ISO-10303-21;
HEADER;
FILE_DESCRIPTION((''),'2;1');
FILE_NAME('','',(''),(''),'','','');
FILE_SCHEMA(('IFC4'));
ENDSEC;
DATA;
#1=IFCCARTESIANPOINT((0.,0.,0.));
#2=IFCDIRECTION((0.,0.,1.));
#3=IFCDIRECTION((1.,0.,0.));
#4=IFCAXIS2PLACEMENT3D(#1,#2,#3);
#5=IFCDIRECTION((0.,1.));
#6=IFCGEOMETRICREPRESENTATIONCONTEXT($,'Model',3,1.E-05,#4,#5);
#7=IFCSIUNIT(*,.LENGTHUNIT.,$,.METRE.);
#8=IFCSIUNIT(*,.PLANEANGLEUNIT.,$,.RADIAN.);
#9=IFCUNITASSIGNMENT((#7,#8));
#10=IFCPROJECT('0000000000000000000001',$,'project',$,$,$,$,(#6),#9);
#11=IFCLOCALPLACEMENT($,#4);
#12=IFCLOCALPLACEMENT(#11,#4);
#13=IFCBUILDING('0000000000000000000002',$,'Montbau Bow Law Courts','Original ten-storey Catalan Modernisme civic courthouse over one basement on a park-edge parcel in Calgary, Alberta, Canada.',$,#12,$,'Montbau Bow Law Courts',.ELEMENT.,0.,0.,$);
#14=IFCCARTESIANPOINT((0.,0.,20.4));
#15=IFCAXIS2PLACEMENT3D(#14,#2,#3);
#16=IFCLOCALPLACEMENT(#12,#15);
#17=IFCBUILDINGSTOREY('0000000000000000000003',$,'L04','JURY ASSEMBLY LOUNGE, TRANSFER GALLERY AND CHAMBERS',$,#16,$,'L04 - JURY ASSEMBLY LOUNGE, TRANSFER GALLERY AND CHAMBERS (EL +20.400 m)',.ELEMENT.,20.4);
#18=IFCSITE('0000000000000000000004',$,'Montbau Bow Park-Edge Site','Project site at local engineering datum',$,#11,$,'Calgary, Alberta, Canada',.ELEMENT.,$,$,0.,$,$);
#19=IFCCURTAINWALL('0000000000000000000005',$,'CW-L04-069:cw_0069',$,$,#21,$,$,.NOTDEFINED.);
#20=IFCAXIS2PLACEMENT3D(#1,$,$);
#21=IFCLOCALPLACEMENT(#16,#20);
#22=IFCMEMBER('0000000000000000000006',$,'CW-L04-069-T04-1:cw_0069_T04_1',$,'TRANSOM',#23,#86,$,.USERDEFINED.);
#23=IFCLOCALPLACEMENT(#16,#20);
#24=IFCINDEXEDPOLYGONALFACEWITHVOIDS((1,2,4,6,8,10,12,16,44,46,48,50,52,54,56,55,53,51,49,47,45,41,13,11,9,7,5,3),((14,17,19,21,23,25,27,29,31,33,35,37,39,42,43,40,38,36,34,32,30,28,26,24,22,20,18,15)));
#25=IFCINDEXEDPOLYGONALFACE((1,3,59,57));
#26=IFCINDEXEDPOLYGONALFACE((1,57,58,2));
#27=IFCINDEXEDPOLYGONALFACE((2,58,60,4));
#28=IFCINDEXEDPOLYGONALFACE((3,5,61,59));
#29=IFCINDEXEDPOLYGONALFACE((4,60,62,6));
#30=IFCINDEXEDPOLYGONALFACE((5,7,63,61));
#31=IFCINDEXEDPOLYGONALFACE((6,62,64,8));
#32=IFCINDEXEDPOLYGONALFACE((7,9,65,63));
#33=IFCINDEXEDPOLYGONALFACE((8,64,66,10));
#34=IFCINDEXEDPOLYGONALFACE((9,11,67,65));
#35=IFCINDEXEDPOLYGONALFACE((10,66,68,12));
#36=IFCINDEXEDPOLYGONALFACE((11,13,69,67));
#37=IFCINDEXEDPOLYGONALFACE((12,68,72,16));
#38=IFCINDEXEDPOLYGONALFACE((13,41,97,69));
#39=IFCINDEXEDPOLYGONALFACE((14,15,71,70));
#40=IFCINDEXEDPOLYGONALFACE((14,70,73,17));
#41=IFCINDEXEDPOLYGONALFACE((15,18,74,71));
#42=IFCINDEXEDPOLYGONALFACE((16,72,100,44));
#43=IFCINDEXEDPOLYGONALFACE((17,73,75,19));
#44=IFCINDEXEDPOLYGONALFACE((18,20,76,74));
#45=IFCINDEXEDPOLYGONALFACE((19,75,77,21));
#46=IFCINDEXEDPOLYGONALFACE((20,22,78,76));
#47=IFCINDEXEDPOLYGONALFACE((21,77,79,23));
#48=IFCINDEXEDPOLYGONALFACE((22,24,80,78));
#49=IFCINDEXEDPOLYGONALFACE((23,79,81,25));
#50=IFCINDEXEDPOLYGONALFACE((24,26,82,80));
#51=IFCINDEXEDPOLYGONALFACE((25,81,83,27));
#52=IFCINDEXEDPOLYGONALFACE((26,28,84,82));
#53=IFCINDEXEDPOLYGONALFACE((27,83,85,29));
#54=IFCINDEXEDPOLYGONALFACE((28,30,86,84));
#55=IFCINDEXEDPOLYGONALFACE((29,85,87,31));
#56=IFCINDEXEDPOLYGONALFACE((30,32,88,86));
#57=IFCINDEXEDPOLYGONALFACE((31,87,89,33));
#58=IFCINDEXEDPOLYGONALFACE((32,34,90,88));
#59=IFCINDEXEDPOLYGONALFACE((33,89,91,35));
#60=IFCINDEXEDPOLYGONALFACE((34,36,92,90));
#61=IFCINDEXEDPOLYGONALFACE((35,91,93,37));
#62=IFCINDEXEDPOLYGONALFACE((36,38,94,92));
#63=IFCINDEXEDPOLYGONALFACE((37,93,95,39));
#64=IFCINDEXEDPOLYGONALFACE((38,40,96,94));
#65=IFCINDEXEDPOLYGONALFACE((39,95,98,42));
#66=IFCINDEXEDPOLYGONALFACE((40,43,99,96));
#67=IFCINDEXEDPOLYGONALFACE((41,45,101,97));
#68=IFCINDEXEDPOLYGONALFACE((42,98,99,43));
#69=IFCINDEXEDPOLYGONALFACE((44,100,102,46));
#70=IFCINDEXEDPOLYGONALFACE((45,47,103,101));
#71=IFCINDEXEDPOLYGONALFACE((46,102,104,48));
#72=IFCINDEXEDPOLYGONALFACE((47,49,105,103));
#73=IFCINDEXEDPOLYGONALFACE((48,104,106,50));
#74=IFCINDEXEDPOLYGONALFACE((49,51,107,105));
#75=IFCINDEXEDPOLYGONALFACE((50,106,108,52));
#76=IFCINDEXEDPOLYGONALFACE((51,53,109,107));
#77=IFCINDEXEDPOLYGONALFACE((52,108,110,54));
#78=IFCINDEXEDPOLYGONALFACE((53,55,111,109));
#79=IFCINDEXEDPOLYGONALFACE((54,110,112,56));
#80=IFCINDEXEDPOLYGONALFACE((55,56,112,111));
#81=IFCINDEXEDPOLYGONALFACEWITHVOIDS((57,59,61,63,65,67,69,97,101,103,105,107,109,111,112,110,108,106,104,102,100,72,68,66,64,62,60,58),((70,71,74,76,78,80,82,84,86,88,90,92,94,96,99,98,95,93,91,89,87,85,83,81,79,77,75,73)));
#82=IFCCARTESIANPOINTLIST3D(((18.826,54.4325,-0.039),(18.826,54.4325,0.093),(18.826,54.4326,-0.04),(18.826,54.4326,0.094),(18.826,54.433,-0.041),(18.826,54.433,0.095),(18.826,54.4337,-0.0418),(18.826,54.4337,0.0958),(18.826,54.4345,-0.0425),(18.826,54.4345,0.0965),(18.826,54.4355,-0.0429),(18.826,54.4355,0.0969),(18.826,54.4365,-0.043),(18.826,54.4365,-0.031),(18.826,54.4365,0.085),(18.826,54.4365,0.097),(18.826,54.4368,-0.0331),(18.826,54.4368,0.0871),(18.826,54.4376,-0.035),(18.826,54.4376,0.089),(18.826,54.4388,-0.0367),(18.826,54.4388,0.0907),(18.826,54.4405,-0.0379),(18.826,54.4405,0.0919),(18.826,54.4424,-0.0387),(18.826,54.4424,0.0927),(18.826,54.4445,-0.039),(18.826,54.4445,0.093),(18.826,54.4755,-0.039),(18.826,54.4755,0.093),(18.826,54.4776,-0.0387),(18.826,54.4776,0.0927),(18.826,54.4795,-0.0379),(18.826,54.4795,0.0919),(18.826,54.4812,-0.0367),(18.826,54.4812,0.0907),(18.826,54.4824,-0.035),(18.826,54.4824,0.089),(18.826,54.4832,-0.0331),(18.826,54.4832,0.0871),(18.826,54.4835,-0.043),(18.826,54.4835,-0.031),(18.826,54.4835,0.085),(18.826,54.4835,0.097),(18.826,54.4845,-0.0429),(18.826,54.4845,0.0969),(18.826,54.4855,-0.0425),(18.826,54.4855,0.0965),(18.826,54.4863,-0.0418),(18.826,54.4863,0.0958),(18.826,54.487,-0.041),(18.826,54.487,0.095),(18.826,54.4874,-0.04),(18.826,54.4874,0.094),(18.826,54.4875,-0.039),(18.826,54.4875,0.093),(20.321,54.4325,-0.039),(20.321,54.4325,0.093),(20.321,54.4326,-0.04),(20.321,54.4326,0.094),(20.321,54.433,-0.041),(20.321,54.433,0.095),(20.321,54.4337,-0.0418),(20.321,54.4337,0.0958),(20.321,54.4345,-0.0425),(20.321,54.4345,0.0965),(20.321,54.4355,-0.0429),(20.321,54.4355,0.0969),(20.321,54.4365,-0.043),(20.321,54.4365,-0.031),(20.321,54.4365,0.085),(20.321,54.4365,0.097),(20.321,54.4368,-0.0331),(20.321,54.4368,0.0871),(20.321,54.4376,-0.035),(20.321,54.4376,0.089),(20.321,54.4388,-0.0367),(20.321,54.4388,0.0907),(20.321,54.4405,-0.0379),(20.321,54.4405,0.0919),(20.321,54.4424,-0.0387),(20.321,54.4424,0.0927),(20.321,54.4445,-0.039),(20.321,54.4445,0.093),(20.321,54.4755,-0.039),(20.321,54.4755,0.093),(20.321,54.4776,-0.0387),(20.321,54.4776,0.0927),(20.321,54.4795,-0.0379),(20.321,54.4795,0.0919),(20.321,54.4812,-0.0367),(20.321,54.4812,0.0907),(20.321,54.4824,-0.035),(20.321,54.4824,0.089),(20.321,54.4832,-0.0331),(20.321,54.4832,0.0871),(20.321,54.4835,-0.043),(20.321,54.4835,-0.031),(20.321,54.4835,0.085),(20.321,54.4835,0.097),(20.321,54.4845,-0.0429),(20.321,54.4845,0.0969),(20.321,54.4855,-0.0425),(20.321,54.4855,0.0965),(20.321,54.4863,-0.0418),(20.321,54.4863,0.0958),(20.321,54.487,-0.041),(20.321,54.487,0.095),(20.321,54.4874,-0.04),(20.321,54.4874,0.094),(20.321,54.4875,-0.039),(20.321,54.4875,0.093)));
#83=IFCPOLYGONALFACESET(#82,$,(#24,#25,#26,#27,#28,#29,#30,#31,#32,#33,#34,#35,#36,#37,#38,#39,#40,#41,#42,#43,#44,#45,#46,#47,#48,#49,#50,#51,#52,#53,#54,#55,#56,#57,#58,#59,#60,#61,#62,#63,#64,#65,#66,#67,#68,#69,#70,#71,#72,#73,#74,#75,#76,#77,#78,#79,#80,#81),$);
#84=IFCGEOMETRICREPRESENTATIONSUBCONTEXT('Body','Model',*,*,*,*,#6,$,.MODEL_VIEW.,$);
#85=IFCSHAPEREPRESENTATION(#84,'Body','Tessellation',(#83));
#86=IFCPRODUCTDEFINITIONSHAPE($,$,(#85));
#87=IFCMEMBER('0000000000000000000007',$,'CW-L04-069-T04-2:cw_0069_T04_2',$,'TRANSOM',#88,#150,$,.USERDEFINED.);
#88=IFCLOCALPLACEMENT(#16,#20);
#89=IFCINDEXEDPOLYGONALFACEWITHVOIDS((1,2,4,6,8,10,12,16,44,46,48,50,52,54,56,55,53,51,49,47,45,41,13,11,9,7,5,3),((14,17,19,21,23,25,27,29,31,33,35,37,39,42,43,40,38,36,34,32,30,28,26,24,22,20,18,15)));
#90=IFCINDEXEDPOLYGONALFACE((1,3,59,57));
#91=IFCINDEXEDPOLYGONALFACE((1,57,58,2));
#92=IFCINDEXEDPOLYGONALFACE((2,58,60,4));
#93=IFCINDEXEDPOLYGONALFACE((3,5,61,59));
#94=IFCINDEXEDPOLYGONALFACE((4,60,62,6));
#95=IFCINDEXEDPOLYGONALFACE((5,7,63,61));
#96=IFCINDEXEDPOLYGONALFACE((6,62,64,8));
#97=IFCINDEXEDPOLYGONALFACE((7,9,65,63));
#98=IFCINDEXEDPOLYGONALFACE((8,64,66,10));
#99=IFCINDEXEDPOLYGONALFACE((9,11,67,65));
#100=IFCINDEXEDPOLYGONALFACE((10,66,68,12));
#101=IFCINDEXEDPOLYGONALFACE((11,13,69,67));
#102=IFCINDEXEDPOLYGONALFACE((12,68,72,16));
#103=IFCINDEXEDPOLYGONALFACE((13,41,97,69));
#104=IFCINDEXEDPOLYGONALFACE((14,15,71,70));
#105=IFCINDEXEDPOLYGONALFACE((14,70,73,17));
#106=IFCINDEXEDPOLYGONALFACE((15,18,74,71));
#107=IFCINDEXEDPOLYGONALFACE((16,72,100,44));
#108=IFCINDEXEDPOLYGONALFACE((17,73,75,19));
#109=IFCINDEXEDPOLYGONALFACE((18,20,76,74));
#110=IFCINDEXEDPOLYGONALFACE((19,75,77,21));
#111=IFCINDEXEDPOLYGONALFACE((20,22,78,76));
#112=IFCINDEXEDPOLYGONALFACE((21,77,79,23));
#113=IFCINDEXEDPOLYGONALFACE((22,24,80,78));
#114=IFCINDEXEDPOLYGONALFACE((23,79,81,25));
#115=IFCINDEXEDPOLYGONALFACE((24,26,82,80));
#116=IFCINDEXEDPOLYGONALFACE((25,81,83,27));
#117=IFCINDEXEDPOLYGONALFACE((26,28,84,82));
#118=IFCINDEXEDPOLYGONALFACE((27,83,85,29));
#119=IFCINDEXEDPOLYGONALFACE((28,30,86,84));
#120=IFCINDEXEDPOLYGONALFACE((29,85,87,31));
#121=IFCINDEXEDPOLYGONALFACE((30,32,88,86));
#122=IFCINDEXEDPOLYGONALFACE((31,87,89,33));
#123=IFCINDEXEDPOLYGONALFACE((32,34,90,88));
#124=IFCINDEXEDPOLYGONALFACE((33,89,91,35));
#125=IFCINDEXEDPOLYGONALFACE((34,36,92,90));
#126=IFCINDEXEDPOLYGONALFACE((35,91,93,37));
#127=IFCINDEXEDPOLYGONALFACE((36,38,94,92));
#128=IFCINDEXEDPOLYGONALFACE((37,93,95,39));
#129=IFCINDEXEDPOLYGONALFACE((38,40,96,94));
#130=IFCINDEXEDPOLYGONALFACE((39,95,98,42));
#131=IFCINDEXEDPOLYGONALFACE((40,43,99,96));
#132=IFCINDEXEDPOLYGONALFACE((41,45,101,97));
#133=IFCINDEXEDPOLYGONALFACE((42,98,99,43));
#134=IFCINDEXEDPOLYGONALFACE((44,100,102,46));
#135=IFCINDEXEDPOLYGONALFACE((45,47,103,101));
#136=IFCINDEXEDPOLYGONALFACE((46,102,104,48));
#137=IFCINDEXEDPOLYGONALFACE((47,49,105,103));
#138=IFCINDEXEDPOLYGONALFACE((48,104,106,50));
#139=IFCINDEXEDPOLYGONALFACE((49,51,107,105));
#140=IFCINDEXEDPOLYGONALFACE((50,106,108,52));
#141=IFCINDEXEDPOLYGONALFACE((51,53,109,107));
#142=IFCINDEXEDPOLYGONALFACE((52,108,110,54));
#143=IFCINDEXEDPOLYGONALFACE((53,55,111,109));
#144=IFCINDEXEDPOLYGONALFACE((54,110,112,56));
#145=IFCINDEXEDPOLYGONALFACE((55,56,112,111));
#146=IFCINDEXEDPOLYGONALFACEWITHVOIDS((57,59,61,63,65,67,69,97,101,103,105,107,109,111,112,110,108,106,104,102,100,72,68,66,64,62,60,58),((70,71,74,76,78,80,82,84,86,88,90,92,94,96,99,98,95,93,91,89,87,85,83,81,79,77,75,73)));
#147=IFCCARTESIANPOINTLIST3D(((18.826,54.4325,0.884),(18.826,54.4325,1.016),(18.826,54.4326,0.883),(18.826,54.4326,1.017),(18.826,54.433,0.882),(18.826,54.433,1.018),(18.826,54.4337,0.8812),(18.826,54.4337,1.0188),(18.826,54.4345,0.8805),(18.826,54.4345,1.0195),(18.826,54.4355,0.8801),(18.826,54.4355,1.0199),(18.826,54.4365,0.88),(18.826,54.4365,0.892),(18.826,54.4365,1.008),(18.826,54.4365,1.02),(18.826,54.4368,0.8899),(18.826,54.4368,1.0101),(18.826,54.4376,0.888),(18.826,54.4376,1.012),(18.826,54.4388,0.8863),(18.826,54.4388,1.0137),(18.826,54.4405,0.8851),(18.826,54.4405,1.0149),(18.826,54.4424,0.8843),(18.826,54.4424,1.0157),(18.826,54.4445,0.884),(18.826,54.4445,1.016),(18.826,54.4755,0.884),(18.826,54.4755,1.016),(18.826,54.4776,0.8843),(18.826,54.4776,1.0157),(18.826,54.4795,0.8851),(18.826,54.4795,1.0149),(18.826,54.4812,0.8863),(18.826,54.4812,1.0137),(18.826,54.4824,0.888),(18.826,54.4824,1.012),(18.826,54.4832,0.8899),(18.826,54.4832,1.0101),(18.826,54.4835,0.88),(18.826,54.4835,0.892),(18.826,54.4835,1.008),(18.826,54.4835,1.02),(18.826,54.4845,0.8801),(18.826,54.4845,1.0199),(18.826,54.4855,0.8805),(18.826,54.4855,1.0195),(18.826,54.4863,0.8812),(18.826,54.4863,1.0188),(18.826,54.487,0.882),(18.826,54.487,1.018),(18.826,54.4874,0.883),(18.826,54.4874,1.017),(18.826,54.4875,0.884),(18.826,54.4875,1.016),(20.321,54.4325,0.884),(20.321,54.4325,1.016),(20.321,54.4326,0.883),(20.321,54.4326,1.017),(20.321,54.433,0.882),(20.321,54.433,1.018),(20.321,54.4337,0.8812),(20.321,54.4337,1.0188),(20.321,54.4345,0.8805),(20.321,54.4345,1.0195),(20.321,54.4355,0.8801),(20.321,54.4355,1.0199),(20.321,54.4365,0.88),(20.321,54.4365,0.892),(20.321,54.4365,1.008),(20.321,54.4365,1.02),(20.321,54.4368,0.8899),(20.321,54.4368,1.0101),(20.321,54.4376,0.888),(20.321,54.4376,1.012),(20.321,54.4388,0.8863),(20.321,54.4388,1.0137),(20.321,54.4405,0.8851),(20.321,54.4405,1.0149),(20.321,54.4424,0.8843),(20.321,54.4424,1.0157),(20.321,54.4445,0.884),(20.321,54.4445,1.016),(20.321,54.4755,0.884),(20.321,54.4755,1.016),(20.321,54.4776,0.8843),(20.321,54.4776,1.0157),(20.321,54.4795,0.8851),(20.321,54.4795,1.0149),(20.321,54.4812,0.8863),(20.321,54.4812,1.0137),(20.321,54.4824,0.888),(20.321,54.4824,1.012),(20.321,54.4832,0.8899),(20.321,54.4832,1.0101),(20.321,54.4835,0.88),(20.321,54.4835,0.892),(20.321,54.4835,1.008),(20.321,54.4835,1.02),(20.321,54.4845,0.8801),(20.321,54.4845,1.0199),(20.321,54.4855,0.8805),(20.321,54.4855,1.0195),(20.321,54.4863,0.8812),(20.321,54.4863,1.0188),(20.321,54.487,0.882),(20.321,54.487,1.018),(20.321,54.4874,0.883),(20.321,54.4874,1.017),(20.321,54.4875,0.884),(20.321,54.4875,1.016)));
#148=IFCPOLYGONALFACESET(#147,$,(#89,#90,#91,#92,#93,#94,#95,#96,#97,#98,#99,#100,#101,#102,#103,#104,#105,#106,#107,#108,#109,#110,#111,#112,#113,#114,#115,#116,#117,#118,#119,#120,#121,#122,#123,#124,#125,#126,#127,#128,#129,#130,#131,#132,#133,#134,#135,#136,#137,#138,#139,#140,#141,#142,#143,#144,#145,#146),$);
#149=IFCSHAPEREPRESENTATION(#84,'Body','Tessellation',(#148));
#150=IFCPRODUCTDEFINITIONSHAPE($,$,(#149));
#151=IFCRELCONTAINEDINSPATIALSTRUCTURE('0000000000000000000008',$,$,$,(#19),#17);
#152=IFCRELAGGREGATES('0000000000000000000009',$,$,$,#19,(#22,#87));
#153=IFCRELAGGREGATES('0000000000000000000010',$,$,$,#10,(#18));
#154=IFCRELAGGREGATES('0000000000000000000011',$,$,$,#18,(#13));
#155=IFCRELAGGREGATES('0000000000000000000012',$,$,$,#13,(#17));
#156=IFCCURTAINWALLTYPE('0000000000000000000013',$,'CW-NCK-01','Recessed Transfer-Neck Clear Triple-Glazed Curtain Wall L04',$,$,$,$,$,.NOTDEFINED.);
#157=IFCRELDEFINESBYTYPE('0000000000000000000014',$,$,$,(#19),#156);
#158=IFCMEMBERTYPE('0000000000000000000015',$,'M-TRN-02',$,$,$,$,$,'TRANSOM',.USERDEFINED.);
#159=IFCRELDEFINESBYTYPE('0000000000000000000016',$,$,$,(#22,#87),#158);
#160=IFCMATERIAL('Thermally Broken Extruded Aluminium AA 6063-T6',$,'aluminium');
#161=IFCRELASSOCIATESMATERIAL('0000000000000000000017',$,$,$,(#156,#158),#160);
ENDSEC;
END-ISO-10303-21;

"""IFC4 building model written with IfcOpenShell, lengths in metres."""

from ifc_helpers import new_model, si_unit, direction, frame, origin_with_axes, origin_2d_with_axis, place, context, subcontext, project, spatial, hollow_rectangle, extrude, material, material_profile, profile_set, type_object, element, aggregate, save


model = new_model("IFC4")

# Units and contexts
model_context = context("Model", 3, precision=1e-05, world=origin_with_axes(), true_north=direction((0.0, 1.0)))
body_context = subcontext(model_context, "Body", "Model", "MODEL_VIEW")
ifc_project = project(units=[si_unit("LENGTHUNIT", "METRE"), si_unit("PLANEANGLEUNIT", "RADIAN")], contexts=[model_context])

# Site, building, storey
site_placement = place(None, origin_with_axes())
site = spatial("IfcSite", under=ifc_project, at=site_placement, Name="Montbau Bow Park-Edge Site", Description="Project site at local engineering datum", LongName="Calgary, Alberta, Canada", CompositionType="ELEMENT", RefElevation=0.0)
building_placement = place(site_placement, origin_with_axes())
building = spatial("IfcBuilding", under=site, at=building_placement, Name="Montbau Bow Law Courts", Description="Original ten-storey Catalan Modernisme civic courthouse over one basement on a park-edge parcel in Calgary, Alberta, Canada.", LongName="Montbau Bow Law Courts", CompositionType="ELEMENT", ElevationOfRefHeight=0.0, ElevationOfTerrain=0.0)
storey_placement = place(building_placement, frame((0.0, 0.0, 20.4), z_axis=(0.0, 0.0, 1.0), x_axis=(1.0, 0.0, 0.0)))
storey = spatial("IfcBuildingStorey", under=building, at=storey_placement, Name="L04", Description="JURY ASSEMBLY LOUNGE, TRANSFER GALLERY AND CHAMBERS", LongName="L04 - JURY ASSEMBLY LOUNGE, TRANSFER GALLERY AND CHAMBERS (EL +20.400 m)", CompositionType="ELEMENT", Elevation=20.4)

# Curtain wall
ifc_material_1 = material(Name="Thermally Broken Extruded Aluminium AA 6063-T6", Category="aluminium")
curtain_wall_type = type_object("IfcCurtainWallType", Name="CW-NCK-01", Description="Recessed Transfer-Neck Clear Triple-Glazed Curtain Wall L04", PredefinedType="NOTDEFINED", material=ifc_material_1)
curtain_wall_1_placement = place(None, frame((14.068, 54.46, 20.4), z_axis=(0.0, 0.0, 1.0), x_axis=(1.0, 0.0, 0.0)))
curtain_wall_1 = element("IfcCurtainWall", 1, at=curtain_wall_1_placement, inside=storey, type_object=curtain_wall_type, Name="CW-L04-069:cw_0069", PredefinedType="NOTDEFINED")

# Members
ifc_material_profile_1 = material_profile(ifc_material_1, hollow_rectangle(XDim=0.055, YDim=0.14, WallThickness=0.004, InnerFilletRadius=0.008, OuterFilletRadius=0.004, at=origin_2d_with_axis()), Name="CWT-140X55", Category="Main", Priority=0)
ifc_profile_set_1 = profile_set([ifc_material_profile_1], Name="Thermally Broken Extruded Aluminium AA 6063-T6")
member_type_1 = type_object("IfcMemberType", Name="M-TRN-02", ElementType="TRANSOM", PredefinedType="USERDEFINED", material=ifc_profile_set_1)
member_1_placement = place(None, frame((18.826, 54.46, 20.427), z_axis=(1.0, 0.0, 0.0), x_axis=(0.0, 1.0, 0.0)))
member_1 = element("IfcMember", 2, at=member_1_placement, type_object=member_type_1, Name="CW-L04-069-T04-1:cw_0069_T04_1", ObjectType="TRANSOM", PredefinedType="USERDEFINED", context=body_context, shape_type="SweptSolid", body=[
    extrude(hollow_rectangle(XDim=0.055, YDim=0.14, WallThickness=0.004, InnerFilletRadius=0.008, OuterFilletRadius=0.004, at=origin_2d_with_axis()), origin_with_axes(), (0.0, 0.0, 1.0), 1.495),
])
member_2_placement = place(None, frame((18.826, 54.46, 21.35), z_axis=(1.0, 0.0, 0.0), x_axis=(0.0, 1.0, 0.0)))
member_2 = element("IfcMember", 3, at=member_2_placement, type_object=member_type_1, Name="CW-L04-069-T04-2:cw_0069_T04_2", ObjectType="TRANSOM", PredefinedType="USERDEFINED", context=body_context, shape_type="SweptSolid", body=[
    extrude(hollow_rectangle(XDim=0.055, YDim=0.14, WallThickness=0.004, InnerFilletRadius=0.008, OuterFilletRadius=0.004, at=origin_2d_with_axis()), origin_with_axes(), (0.0, 0.0, 1.0), 1.495),
])

aggregate(curtain_wall_1, [member_1, member_2])

save(model, "model.ifc")
